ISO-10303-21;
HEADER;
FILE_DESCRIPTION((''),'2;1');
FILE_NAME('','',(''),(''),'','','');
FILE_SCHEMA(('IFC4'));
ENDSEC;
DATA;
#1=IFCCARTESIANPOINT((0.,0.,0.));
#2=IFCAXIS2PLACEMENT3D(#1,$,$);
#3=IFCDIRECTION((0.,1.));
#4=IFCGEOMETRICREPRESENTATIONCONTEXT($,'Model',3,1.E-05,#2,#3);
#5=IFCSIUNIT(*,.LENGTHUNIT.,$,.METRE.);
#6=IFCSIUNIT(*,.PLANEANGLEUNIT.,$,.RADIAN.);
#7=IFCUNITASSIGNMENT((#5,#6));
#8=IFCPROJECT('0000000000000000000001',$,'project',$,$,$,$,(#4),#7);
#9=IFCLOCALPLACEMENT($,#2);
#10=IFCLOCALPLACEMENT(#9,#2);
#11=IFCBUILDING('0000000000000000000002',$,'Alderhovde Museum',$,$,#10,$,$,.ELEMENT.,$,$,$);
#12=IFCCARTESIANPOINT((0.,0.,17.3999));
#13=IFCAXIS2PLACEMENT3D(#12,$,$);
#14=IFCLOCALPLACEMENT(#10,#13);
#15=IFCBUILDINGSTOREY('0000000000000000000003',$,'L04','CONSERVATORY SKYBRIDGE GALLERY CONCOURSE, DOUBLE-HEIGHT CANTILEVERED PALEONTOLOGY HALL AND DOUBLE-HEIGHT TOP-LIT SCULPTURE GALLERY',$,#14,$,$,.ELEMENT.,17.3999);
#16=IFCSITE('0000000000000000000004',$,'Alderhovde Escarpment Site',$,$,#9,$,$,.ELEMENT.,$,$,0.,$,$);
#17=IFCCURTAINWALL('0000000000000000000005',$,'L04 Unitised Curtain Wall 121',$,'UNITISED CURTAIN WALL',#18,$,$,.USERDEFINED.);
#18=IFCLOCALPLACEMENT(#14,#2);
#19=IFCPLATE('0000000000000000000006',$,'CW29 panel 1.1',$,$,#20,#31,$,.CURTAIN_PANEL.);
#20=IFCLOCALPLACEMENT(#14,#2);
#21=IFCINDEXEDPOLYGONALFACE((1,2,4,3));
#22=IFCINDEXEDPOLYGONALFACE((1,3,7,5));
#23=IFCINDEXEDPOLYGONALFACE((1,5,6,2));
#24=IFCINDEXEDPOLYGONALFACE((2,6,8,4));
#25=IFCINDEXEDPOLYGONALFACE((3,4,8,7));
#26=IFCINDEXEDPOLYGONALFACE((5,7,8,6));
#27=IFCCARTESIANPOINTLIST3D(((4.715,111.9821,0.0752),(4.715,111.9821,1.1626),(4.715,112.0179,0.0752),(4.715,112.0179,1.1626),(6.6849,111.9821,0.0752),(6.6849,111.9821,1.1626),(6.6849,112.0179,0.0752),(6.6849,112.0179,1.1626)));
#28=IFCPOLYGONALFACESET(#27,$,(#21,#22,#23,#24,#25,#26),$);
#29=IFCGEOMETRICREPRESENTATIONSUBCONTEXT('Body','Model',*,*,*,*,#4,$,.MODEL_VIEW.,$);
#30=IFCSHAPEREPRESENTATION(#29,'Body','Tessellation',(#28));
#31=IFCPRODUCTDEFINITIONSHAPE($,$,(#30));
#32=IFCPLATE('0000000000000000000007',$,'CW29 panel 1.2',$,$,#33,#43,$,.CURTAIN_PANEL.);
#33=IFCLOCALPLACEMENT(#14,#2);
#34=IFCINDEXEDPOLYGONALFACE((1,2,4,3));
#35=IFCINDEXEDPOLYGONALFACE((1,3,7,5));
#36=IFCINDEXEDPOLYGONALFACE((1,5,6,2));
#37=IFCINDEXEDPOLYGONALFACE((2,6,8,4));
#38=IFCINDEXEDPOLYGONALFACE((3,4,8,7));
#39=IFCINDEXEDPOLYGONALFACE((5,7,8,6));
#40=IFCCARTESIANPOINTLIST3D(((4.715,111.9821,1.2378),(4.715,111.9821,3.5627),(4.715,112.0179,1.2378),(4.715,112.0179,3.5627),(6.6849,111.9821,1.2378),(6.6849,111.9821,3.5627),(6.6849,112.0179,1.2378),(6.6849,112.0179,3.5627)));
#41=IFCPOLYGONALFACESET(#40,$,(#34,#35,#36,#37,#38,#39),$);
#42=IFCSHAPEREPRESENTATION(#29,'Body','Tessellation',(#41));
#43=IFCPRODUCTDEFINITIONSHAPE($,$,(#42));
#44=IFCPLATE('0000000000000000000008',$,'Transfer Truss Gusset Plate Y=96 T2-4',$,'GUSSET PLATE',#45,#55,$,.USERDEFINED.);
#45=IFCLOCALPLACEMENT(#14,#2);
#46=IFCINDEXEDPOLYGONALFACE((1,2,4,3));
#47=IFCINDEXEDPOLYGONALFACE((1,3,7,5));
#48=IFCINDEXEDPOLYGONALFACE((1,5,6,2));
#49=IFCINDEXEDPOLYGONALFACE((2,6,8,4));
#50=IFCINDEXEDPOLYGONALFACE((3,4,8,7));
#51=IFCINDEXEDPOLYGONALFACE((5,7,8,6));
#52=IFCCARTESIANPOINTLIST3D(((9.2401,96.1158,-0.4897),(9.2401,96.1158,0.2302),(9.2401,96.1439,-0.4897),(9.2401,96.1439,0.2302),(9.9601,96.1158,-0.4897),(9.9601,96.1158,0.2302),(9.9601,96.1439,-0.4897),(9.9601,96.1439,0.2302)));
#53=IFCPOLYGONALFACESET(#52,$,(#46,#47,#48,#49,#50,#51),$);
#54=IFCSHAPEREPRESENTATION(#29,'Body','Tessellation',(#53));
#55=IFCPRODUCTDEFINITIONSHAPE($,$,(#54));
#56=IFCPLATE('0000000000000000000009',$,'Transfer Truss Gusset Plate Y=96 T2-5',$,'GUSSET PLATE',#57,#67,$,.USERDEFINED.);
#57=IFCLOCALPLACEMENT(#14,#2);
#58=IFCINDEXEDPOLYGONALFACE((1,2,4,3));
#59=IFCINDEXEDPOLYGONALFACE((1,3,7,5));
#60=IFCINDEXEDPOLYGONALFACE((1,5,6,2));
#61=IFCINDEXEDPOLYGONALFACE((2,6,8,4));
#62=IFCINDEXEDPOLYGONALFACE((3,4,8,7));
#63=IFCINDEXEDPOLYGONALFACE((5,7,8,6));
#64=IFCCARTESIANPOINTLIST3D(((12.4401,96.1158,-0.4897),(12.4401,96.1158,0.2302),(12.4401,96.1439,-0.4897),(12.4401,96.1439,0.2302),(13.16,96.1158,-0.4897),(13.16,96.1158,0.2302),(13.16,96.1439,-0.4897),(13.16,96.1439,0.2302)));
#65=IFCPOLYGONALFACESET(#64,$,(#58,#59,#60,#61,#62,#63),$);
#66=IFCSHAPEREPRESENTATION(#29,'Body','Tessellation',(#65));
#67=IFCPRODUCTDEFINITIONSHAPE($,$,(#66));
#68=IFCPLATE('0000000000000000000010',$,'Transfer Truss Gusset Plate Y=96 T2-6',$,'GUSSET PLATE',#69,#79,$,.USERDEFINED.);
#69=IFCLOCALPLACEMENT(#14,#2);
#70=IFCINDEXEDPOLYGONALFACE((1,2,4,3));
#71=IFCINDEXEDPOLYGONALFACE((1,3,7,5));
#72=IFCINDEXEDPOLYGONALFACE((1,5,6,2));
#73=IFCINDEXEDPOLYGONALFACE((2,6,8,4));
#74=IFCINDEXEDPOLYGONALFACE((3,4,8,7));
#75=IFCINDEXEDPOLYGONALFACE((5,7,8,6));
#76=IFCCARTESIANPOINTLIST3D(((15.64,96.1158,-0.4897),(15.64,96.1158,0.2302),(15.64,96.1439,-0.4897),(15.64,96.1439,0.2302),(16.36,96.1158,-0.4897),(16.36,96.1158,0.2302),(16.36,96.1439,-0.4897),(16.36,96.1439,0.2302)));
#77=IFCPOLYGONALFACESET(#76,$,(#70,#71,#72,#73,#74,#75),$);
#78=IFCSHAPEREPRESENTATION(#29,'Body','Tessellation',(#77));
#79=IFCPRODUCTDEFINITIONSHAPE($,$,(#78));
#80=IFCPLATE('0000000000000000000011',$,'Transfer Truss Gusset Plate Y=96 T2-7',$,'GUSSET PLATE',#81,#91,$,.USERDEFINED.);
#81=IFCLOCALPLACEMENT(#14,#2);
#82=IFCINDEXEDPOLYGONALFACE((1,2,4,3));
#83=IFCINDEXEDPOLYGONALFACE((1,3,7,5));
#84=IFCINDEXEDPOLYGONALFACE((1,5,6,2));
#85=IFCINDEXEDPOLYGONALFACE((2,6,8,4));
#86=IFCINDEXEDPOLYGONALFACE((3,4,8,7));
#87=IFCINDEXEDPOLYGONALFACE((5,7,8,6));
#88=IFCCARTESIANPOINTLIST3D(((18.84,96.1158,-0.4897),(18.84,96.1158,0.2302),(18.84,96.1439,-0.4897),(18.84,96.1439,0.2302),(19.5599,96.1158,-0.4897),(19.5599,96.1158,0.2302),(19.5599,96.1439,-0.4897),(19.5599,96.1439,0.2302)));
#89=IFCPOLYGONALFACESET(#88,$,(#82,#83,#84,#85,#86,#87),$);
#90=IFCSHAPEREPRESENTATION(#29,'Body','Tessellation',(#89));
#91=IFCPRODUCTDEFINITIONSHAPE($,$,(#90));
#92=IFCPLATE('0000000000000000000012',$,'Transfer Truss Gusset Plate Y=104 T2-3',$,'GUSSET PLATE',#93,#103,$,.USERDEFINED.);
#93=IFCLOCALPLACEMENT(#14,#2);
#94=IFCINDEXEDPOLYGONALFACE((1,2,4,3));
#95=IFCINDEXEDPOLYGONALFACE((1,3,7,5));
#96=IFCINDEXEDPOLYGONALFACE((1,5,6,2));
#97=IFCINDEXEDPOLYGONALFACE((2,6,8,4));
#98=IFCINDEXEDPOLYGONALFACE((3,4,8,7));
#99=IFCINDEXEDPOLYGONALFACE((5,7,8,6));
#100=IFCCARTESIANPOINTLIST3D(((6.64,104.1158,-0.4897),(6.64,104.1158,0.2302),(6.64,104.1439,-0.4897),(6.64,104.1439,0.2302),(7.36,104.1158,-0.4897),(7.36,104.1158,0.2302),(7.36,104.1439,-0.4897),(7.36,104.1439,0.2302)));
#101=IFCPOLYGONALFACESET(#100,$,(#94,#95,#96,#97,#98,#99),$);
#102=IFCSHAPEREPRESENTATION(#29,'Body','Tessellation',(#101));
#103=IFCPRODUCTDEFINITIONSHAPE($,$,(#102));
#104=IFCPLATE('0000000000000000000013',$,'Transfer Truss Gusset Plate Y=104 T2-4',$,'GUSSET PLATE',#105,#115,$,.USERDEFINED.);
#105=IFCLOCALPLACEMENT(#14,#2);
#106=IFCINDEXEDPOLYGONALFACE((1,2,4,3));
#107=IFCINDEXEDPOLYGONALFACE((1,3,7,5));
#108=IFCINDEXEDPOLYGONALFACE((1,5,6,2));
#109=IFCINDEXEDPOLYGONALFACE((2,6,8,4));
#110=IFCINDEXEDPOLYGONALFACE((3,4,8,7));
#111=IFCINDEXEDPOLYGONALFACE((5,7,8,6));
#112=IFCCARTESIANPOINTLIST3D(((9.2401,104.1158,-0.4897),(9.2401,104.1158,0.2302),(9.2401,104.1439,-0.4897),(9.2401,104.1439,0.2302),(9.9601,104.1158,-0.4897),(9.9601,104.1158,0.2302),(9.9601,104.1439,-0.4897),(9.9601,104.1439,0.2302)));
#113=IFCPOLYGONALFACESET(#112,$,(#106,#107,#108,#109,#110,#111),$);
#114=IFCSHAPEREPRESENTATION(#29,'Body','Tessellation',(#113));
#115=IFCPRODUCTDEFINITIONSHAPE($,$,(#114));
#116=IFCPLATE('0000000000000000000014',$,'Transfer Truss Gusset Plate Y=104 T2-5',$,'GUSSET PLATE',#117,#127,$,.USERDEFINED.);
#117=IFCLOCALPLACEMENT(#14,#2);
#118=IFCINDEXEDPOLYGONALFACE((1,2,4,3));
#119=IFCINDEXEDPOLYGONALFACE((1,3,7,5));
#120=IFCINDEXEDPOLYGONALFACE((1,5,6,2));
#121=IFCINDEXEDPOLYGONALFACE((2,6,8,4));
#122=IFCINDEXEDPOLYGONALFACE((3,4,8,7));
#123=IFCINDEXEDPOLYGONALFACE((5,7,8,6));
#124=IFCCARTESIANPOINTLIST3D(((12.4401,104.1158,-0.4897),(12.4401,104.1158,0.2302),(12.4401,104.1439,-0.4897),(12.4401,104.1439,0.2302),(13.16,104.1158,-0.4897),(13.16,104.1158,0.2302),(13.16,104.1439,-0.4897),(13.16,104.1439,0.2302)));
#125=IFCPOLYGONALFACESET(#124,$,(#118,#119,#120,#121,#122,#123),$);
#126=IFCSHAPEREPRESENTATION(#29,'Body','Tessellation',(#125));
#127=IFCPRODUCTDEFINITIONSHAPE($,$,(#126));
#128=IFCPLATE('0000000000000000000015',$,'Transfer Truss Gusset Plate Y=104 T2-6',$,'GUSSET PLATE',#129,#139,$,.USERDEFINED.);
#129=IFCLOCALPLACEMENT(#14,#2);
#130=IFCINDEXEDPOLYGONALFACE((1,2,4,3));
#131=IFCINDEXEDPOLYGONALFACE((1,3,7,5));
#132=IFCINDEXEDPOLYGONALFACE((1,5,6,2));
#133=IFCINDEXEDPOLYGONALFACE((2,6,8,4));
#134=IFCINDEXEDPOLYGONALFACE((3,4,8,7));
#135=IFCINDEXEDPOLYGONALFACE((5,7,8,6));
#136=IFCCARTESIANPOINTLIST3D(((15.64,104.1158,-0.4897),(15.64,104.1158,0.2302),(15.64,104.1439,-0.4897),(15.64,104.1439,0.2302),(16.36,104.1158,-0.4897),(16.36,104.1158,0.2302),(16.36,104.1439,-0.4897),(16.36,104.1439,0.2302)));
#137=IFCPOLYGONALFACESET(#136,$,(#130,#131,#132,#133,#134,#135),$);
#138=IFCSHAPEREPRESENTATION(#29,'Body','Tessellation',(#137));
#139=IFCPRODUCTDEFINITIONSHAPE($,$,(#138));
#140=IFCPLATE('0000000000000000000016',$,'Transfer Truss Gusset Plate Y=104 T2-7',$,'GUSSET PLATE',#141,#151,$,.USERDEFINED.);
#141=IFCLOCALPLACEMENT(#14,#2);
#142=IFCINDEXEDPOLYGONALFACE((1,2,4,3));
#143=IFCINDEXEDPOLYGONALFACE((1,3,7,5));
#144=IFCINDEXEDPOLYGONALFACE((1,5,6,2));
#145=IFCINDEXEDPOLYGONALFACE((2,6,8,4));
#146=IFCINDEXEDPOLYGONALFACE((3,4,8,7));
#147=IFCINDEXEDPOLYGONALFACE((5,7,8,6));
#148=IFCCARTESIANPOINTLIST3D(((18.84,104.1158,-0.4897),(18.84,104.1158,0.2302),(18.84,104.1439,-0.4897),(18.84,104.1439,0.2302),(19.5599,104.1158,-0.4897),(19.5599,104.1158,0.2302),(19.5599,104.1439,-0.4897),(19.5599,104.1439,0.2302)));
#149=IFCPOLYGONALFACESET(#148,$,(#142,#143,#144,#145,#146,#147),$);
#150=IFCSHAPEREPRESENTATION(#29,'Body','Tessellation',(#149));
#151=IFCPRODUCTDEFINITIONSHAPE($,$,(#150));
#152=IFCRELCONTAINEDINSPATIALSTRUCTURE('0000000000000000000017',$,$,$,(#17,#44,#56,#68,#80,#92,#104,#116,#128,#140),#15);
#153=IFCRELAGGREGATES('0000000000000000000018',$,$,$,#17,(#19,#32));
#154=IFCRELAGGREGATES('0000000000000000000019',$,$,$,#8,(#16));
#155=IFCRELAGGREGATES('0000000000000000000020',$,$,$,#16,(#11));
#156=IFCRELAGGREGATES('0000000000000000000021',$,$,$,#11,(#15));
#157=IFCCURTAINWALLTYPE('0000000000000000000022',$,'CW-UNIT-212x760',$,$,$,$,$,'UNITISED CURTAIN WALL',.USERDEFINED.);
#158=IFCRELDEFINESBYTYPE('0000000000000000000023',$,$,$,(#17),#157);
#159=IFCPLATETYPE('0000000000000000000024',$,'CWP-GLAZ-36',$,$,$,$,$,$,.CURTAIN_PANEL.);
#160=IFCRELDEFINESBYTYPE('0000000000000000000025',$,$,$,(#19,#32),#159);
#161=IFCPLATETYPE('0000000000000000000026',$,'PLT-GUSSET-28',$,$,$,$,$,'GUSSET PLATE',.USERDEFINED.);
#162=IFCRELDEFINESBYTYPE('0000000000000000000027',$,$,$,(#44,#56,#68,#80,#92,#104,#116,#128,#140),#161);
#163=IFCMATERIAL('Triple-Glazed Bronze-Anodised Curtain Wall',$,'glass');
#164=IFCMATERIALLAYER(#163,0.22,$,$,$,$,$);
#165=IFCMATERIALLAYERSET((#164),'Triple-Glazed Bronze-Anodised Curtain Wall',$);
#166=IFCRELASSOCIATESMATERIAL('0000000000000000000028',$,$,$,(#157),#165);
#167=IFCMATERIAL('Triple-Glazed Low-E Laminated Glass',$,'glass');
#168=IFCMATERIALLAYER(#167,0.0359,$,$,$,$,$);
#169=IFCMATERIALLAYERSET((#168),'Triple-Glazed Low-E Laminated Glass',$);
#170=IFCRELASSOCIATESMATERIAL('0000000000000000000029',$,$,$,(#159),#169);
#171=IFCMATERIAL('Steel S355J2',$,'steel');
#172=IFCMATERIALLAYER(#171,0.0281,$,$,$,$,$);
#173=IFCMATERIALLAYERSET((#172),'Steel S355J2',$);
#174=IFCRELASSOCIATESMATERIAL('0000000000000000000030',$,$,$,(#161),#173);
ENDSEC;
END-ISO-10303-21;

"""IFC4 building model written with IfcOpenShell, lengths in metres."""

from ifc_helpers import new_model, si_unit, direction, frame, origin, origin_2d, place, context, subcontext, project, spatial, rectangle, extrude, material, layer, layer_set, type_object, element, aggregate, save


model = new_model("IFC4")

# Units and contexts
model_context = context("Model", 3, precision=1e-05, world=origin(), true_north=direction((0.0, 1.0)))
body_context = subcontext(model_context, "Body", "Model", "MODEL_VIEW")
ifc_project = project(units=[si_unit("LENGTHUNIT", "METRE"), si_unit("PLANEANGLEUNIT", "RADIAN")], contexts=[model_context])

# Site, building, storey
site_placement = place(None, origin())
site = spatial("IfcSite", under=ifc_project, at=site_placement, Name="Alderhovde Escarpment Site", CompositionType="ELEMENT", RefElevation=0.0)
building_placement = place(site_placement, origin())
building = spatial("IfcBuilding", under=site, at=building_placement, Name="Alderhovde Museum", CompositionType="ELEMENT")
storey_placement = place(building_placement, frame((0.0, 0.0, 17.3999)))
storey = spatial("IfcBuildingStorey", under=building, at=storey_placement, Name="L04", Description="CONSERVATORY SKYBRIDGE GALLERY CONCOURSE, DOUBLE-HEIGHT CANTILEVERED PALEONTOLOGY HALL AND DOUBLE-HEIGHT TOP-LIT SCULPTURE GALLERY", CompositionType="ELEMENT", Elevation=17.3999)

# Curtain wall
ifc_material_1 = material(Name="Triple-Glazed Bronze-Anodised Curtain Wall", Category="glass")
ifc_layer_1 = layer(ifc_material_1, 0.22)
ifc_layer_set_1 = layer_set([ifc_layer_1], Name="Triple-Glazed Bronze-Anodised Curtain Wall")
curtain_wall_type = type_object("IfcCurtainWallType", Name="CW-UNIT-212x760", ElementType="UNITISED CURTAIN WALL", PredefinedType="USERDEFINED", material=ifc_layer_set_1)
curtain_wall_placement = place(storey_placement, origin())
curtain_wall = element("IfcCurtainWall", 1, at=curtain_wall_placement, inside=storey, type_object=curtain_wall_type, Name="L04 Unitised Curtain Wall 121", ObjectType="UNITISED CURTAIN WALL", PredefinedType="USERDEFINED")

# Plates
ifc_material_2 = material(Name="Triple-Glazed Low-E Laminated Glass", Category="glass")
ifc_layer_2 = layer(ifc_material_2, 0.0359)
ifc_layer_set_2 = layer_set([ifc_layer_2], Name="Triple-Glazed Low-E Laminated Glass")
plate_type_1 = type_object("IfcPlateType", Name="CWP-GLAZ-36", PredefinedType="CURTAIN_PANEL", material=ifc_layer_set_2)
plate_1_placement = place(storey_placement, frame((5.7, 112.0, 0.0752), z_axis=(0.0, 0.0, 1.0), x_axis=(1.0, 0.0, 0.0)))
plate_1 = element("IfcPlate", 2, at=plate_1_placement, type_object=plate_type_1, Name="CW29 panel 1.1", PredefinedType="CURTAIN_PANEL", context=body_context, shape_type="SweptSolid", body=[
    extrude(rectangle(XDim=1.97, YDim=0.0359, at=origin_2d()), origin(), (0.0, 0.0, 1.0), 1.0874),
])
plate_2_placement = place(storey_placement, frame((5.7, 112.0, 1.2378), z_axis=(0.0, 0.0, 1.0), x_axis=(1.0, 0.0, 0.0)))
plate_2 = element("IfcPlate", 3, at=plate_2_placement, type_object=plate_type_1, Name="CW29 panel 1.2", PredefinedType="CURTAIN_PANEL", context=body_context, shape_type="SweptSolid", body=[
    extrude(rectangle(XDim=1.97, YDim=0.0359, at=origin_2d()), origin(), (0.0, 0.0, 1.0), 2.325),
])
aggregate(curtain_wall, [plate_1, plate_2])

# Plates
ifc_material_3 = material(Name="Steel S355J2", Category="steel")
ifc_layer_3 = layer(ifc_material_3, 0.0281)
ifc_layer_set_3 = layer_set([ifc_layer_3], Name="Steel S355J2")
plate_type_2 = type_object("IfcPlateType", Name="PLT-GUSSET-28", ElementType="GUSSET PLATE", PredefinedType="USERDEFINED", material=ifc_layer_set_3)
for number, where, z_axis, x_axis, name in (
    (4, (9.6001, 96.1299, -0.4897), (0.0, 0.0, 1.0), (1.0, 0.0, 0.0), "Transfer Truss Gusset Plate Y=96 T2-4"),
    (5, (12.8, 96.1299, -0.4897), (0.0, 0.0, 1.0), (1.0, 0.0, 0.0), "Transfer Truss Gusset Plate Y=96 T2-5"),
    (6, (16.0, 96.1299, -0.4897), (0.0, 0.0, 1.0), (1.0, 0.0, 0.0), "Transfer Truss Gusset Plate Y=96 T2-6"),
    (7, (19.2, 96.1299, -0.4897), (0.0, 0.0, 1.0), (1.0, 0.0, 0.0), "Transfer Truss Gusset Plate Y=96 T2-7"),
    (8, (7.0, 104.1299, -0.4897), (0.0, 0.0, 1.0), (1.0, 0.0, 0.0), "Transfer Truss Gusset Plate Y=104 T2-3"),
    (9, (9.6001, 104.1299, -0.4897), (0.0, 0.0, 1.0), (1.0, 0.0, 0.0), "Transfer Truss Gusset Plate Y=104 T2-4"),
    (10, (12.8, 104.1299, -0.4897), (0.0, 0.0, 1.0), (1.0, 0.0, 0.0), "Transfer Truss Gusset Plate Y=104 T2-5"),
    (11, (16.0, 104.1299, -0.4897), (0.0, 0.0, 1.0), (1.0, 0.0, 0.0), "Transfer Truss Gusset Plate Y=104 T2-6"),
    (12, (19.2, 104.1299, -0.4897), (0.0, 0.0, 1.0), (1.0, 0.0, 0.0), "Transfer Truss Gusset Plate Y=104 T2-7"),
):
    element("IfcPlate", number, at=place(storey_placement, frame(where, z_axis=z_axis, x_axis=x_axis)), inside=storey, type_object=plate_type_2, Name=name, ObjectType="GUSSET PLATE", PredefinedType="USERDEFINED", context=body_context, shape_type="SweptSolid", body=[
        extrude(rectangle(XDim=0.72, YDim=0.0281, at=origin_2d()), origin(), (0.0, 0.0, 1.0), 0.72),
    ])

save(model, "model.ifc")
